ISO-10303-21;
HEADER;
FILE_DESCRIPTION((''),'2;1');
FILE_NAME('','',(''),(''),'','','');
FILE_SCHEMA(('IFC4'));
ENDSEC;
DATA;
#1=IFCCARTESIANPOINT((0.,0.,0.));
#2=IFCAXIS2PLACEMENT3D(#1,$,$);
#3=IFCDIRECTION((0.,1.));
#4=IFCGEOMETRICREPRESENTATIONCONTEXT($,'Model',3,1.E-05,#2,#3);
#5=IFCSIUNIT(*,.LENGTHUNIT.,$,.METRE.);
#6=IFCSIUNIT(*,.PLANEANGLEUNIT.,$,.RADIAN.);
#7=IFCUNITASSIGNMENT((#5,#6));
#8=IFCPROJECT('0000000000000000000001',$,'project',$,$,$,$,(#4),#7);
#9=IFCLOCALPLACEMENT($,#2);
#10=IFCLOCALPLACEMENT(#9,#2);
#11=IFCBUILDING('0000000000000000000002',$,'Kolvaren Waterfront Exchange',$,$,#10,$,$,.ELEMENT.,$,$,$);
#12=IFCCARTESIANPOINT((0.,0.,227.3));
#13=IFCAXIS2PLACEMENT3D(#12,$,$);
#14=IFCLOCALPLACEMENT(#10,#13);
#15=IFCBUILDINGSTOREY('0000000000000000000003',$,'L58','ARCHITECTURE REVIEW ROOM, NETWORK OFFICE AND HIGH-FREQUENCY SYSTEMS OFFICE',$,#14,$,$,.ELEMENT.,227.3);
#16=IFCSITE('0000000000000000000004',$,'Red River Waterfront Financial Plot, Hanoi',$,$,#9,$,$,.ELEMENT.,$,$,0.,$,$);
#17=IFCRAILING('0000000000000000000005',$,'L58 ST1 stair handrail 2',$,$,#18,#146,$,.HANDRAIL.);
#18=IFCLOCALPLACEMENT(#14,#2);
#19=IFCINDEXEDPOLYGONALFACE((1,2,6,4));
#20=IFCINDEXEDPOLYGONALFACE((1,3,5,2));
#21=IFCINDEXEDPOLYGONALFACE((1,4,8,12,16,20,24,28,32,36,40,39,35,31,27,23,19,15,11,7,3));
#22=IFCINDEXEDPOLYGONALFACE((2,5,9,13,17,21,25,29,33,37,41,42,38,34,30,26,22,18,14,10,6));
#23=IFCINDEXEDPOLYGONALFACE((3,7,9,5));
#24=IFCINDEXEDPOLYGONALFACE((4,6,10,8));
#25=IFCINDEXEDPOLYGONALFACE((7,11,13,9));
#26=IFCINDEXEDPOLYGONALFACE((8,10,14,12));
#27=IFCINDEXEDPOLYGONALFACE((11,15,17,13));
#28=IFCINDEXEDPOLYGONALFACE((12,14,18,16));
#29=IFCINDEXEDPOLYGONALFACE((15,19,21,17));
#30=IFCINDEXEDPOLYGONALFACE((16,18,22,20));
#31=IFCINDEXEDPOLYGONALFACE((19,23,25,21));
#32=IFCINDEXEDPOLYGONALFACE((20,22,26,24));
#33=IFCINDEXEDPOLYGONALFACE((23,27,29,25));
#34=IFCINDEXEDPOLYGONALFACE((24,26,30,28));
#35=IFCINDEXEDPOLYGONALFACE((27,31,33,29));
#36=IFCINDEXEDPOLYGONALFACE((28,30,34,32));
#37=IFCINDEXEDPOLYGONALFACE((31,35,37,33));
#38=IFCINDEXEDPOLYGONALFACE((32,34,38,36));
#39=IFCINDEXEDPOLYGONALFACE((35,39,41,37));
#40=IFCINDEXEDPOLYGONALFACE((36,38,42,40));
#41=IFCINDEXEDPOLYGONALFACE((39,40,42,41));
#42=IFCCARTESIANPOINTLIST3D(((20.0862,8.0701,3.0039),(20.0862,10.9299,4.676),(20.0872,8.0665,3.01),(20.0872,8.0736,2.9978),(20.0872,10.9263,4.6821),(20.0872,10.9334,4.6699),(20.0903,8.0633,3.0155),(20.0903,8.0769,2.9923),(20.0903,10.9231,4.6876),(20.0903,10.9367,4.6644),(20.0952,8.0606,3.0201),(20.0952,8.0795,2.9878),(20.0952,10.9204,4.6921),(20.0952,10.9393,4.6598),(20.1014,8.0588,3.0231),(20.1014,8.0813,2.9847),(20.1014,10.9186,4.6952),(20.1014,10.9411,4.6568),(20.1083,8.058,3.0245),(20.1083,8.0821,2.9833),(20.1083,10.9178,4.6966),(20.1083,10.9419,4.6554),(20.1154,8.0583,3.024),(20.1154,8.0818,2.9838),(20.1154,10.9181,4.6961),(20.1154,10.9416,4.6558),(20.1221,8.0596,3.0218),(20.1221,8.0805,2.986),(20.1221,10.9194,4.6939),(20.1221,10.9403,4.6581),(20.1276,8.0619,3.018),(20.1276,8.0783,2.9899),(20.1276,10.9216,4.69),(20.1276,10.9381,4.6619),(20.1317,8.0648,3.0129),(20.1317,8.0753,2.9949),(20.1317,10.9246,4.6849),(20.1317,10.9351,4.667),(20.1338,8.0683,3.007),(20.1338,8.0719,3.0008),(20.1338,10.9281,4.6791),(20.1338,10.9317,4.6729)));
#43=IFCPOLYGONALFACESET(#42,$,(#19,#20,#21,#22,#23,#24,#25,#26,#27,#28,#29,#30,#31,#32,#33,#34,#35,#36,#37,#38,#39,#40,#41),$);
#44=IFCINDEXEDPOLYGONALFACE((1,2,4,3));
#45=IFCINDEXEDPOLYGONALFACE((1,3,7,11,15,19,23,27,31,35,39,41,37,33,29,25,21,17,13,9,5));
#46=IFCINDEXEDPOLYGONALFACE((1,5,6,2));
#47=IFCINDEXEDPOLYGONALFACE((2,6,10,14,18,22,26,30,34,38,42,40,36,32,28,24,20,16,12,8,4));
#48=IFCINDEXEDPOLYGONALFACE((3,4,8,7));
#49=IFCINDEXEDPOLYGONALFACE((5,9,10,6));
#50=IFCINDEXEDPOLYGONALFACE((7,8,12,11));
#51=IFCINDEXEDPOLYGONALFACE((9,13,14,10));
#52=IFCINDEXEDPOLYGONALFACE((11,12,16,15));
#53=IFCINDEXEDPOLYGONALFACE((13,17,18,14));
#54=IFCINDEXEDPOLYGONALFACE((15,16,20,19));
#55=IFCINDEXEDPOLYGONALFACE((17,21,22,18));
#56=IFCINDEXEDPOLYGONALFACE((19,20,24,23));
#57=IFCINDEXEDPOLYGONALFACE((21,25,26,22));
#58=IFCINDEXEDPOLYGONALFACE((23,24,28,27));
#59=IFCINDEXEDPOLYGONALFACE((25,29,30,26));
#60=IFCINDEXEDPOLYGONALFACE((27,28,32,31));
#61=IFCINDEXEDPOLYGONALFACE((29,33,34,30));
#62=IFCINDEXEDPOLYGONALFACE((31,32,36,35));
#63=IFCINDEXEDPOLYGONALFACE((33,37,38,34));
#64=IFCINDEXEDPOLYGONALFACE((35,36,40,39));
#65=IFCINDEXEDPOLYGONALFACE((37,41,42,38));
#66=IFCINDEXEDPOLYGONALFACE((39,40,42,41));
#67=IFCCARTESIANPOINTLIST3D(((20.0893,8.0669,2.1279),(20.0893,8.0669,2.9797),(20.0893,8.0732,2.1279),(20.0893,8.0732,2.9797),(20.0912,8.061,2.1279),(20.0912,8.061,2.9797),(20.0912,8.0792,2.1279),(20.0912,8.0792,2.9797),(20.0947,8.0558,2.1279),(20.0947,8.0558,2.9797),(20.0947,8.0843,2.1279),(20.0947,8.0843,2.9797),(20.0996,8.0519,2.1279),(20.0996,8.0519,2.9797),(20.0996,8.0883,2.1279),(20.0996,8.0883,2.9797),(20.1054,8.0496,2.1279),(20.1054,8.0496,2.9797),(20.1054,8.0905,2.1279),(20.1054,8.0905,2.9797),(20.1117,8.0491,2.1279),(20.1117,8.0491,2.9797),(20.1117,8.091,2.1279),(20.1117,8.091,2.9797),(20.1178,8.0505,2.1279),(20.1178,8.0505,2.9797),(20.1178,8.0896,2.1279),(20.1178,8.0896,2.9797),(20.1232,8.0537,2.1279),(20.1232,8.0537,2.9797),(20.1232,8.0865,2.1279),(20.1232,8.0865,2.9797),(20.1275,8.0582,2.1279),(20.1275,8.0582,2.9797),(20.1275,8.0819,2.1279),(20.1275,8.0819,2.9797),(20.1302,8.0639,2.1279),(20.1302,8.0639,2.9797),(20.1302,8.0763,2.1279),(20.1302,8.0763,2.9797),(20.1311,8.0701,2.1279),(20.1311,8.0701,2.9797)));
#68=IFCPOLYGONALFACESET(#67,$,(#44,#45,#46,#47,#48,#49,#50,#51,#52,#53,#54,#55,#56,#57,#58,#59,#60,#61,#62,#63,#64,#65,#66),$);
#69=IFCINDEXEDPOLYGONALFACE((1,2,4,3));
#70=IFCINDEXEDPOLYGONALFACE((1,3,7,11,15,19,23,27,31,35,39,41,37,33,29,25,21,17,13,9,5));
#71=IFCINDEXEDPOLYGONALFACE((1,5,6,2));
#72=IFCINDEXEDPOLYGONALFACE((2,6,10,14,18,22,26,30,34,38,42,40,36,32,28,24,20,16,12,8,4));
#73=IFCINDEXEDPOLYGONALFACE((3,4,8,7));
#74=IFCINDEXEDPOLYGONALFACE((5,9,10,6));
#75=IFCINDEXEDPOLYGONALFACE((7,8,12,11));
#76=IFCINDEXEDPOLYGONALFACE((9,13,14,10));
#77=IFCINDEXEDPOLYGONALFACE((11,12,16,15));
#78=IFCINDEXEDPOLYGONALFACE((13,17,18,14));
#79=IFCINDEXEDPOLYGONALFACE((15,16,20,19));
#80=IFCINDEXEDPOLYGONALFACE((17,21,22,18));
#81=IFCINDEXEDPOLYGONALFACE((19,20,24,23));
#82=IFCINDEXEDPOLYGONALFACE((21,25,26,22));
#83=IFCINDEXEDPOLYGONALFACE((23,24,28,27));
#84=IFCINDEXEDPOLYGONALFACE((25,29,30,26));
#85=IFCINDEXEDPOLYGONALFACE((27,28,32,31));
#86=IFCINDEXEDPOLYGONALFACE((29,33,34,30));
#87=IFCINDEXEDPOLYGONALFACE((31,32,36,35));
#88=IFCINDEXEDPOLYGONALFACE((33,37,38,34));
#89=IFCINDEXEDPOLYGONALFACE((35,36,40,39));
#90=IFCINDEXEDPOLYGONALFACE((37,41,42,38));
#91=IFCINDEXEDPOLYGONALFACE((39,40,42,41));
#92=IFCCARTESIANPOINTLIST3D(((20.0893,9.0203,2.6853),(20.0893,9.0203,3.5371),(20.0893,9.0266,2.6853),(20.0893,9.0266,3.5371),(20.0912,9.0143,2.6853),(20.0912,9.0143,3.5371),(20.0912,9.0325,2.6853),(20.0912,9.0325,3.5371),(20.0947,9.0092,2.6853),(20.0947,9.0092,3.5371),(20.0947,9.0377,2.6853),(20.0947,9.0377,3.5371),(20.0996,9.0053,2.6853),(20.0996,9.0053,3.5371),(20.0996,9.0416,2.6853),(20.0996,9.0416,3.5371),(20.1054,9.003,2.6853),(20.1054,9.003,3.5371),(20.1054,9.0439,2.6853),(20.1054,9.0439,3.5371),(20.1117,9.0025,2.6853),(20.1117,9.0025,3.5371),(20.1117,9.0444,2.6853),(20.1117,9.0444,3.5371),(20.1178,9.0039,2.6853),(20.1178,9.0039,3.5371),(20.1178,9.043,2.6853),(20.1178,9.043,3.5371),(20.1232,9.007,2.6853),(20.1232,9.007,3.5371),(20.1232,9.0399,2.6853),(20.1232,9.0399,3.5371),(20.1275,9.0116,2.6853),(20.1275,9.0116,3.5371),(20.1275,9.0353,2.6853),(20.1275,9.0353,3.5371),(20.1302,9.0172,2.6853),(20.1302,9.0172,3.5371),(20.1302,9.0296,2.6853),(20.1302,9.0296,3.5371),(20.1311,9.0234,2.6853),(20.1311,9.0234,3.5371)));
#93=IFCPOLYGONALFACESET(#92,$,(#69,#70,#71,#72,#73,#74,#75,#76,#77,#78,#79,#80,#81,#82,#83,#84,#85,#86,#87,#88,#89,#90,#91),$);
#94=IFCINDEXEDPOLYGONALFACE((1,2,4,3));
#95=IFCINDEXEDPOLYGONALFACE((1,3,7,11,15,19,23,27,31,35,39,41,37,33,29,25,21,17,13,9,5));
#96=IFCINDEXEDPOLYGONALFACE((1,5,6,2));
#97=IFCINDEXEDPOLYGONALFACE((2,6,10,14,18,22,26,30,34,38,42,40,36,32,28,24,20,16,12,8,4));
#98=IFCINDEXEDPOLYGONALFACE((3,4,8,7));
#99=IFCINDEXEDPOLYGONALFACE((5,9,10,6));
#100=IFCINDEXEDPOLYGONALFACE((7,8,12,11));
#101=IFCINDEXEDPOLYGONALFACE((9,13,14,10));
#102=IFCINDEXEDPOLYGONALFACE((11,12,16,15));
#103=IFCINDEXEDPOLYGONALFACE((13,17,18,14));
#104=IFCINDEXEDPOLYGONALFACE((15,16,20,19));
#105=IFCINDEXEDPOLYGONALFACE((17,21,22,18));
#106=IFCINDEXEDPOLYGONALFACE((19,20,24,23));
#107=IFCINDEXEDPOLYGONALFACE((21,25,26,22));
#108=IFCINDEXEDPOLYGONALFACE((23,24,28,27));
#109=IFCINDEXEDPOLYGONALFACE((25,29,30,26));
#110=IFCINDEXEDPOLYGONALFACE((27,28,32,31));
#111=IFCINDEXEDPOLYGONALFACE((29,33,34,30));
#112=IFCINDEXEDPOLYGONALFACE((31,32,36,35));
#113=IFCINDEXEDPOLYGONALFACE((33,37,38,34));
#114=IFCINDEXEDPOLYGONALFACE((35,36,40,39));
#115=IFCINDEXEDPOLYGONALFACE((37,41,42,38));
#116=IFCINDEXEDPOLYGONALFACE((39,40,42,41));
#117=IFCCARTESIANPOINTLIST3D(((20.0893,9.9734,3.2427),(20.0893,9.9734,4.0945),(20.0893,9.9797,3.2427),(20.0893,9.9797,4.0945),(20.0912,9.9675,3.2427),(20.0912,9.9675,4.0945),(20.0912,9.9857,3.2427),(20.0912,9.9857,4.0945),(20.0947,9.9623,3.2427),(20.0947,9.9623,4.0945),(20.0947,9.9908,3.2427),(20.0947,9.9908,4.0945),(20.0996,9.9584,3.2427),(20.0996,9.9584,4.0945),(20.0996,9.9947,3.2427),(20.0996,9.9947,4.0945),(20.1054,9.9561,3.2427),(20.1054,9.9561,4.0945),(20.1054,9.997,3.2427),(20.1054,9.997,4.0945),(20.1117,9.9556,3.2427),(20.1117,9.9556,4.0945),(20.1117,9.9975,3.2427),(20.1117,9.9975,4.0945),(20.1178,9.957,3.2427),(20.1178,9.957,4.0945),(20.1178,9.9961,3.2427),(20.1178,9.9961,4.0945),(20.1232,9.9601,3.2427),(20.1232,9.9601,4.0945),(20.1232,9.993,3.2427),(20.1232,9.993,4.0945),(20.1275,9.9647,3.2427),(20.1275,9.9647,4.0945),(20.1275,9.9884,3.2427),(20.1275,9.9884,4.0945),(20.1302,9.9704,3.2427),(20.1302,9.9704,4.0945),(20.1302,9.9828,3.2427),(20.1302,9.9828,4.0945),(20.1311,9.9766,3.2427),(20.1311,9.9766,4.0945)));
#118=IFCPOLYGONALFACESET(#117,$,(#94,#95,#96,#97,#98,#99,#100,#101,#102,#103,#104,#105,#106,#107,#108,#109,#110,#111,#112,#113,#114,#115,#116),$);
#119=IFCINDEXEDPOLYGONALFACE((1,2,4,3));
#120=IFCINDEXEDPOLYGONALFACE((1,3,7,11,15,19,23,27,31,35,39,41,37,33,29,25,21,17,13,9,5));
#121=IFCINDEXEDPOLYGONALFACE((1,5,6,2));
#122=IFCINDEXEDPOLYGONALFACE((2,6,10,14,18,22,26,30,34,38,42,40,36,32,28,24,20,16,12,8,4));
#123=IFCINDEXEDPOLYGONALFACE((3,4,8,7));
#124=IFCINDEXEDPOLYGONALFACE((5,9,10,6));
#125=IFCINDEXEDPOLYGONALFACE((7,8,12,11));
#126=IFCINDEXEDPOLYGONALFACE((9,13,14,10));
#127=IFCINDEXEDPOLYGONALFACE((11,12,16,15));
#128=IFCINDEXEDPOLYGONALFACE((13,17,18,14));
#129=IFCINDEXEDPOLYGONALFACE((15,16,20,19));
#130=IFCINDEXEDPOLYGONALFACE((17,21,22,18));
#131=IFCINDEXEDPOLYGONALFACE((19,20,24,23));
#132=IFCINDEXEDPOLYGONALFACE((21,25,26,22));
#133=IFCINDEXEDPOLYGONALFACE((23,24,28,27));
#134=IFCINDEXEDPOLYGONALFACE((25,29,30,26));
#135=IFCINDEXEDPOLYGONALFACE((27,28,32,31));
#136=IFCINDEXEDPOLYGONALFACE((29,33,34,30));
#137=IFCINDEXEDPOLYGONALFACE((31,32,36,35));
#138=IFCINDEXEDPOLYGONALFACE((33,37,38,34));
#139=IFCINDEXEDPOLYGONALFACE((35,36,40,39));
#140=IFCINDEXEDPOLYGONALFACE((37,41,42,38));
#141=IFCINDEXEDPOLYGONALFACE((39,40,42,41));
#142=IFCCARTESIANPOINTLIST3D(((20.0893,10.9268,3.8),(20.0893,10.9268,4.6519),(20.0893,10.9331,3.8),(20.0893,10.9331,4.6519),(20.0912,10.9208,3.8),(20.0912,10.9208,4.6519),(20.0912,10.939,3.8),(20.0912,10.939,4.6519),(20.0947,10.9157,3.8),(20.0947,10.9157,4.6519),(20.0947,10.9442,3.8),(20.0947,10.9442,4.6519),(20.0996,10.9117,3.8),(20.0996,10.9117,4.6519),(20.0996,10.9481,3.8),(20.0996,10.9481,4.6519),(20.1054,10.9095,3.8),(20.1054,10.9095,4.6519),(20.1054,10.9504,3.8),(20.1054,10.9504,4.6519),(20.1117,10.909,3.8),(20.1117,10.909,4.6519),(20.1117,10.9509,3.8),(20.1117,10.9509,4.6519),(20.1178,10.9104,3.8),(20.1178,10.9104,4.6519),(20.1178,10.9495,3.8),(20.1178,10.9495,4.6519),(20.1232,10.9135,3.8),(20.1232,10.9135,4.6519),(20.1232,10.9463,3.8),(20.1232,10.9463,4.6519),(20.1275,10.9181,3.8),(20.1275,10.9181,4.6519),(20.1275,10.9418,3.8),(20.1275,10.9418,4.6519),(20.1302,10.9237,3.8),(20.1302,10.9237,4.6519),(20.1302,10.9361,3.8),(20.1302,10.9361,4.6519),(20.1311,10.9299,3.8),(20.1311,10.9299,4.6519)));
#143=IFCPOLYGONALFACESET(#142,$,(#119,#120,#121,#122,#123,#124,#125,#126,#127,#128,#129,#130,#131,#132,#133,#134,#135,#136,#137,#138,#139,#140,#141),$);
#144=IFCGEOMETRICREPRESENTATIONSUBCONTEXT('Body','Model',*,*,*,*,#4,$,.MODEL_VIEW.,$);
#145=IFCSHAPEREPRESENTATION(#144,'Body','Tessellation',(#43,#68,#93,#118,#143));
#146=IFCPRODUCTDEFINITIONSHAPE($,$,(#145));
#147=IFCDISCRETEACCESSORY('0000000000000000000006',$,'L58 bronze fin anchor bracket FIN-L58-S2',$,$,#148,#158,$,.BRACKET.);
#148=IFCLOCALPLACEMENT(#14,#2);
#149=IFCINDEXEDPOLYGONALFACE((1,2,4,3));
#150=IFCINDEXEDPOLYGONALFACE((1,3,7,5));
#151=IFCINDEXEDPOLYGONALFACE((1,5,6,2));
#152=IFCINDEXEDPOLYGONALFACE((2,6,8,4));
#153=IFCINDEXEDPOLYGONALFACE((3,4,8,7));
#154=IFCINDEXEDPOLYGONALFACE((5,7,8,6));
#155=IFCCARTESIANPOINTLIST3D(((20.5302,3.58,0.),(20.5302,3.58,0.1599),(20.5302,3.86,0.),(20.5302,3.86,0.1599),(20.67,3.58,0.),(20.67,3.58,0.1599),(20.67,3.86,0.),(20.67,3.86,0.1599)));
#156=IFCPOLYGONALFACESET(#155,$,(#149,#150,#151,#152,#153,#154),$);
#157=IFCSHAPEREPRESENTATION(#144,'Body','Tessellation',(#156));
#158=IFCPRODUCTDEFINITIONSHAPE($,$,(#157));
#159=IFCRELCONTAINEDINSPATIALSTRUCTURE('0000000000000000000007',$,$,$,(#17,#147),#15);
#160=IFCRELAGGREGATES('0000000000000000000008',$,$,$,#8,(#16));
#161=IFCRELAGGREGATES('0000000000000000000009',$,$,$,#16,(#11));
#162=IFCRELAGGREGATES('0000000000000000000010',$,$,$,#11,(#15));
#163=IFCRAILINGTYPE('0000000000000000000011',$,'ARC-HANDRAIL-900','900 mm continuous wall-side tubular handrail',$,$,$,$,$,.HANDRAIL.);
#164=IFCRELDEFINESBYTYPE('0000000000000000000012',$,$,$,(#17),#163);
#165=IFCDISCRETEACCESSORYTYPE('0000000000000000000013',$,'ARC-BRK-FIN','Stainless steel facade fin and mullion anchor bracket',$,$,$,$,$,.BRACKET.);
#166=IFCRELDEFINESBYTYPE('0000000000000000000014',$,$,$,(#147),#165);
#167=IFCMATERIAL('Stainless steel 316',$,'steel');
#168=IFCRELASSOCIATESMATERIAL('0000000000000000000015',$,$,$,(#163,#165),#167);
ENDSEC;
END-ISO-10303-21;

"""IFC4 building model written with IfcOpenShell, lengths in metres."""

from ifc_helpers import new_model, si_unit, direction, frame, origin, origin_with_axes, origin_2d, place, context, subcontext, project, spatial, rectangle, circle, extrude, source, transform, mapped, material, type_object, element, save


model = new_model("IFC4")

# Units and contexts
model_context = context("Model", 3, precision=1e-05, world=origin(), true_north=direction((0.0, 1.0)))
body_context = subcontext(model_context, "Body", "Model", "MODEL_VIEW")
ifc_project = project(units=[si_unit("LENGTHUNIT", "METRE"), si_unit("PLANEANGLEUNIT", "RADIAN")], contexts=[model_context])

# Site, building, storey
site_placement = place(None, origin())
site = spatial("IfcSite", under=ifc_project, at=site_placement, Name="Red River Waterfront Financial Plot, Hanoi", CompositionType="ELEMENT", RefElevation=0.0)
building_placement = place(site_placement, origin())
building = spatial("IfcBuilding", under=site, at=building_placement, Name="Kolvaren Waterfront Exchange", CompositionType="ELEMENT")
storey_placement = place(building_placement, frame((0.0, 0.0, 227.3)))
storey = spatial("IfcBuildingStorey", under=building, at=storey_placement, Name="L58", Description="ARCHITECTURE REVIEW ROOM, NETWORK OFFICE AND HIGH-FREQUENCY SYSTEMS OFFICE", CompositionType="ELEMENT", Elevation=227.3)

# Railing
ifc_material_1 = material(Name="Stainless steel 316", Category="steel")
railing_type_1 = type_object("IfcRailingType", Name="ARC-HANDRAIL-900", Description="900 mm continuous wall-side tubular handrail", PredefinedType="HANDRAIL", material=ifc_material_1)
railing_1_placement = place(storey_placement, frame((20.1101, 8.0701, 2.1279)))
element("IfcRailing", 1, at=railing_1_placement, inside=storey, type_object=railing_type_1, Name="L58 ST1 stair handrail 2", PredefinedType="HANDRAIL", context=body_context, shape_type="SweptSolid", body=[
    extrude(circle(Radius=0.0239, at=origin_2d()), frame((0.0, 0.0, 0.876), z_axis=(0.0, 0.863271, 0.504741), x_axis=(-1.0, 0.0, 0.0)), (0.0, 0.0, 1.0), 3.3127),
    extrude(circle(Radius=0.021, at=origin_2d()), origin(), (0.0, 0.0, 1.0), 0.8518),
    extrude(circle(Radius=0.021, at=origin_2d()), frame((0.0, 0.9534, 0.5574)), (0.0, 0.0, 1.0), 0.8518),
    extrude(circle(Radius=0.021, at=origin_2d()), frame((0.0, 1.9065, 1.1147)), (0.0, 0.0, 1.0), 0.8518),
    extrude(circle(Radius=0.021, at=origin_2d()), frame((0.0, 2.8599, 1.6721)), (0.0, 0.0, 1.0), 0.8518),
])

# Discrete accessory
discrete_accessory_type = type_object("IfcDiscreteAccessoryType", Name="ARC-BRK-FIN", Description="Stainless steel facade fin and mullion anchor bracket", PredefinedType="BRACKET", material=ifc_material_1)
shared_shape_1 = source(origin_with_axes(), body_context, "Body", "SweptSolid", [
    extrude(rectangle(XDim=0.28, YDim=0.1399, at=origin_2d()), origin(), (0.0, 0.0, 1.0), 0.1599),
])
discrete_accessory_placement = place(storey_placement, frame((20.6001, 3.72, 0.0), z_axis=(0.0, 0.0, 1.0), x_axis=(0.0, -1.0, 0.0)))
element("IfcDiscreteAccessory", 2, at=discrete_accessory_placement, inside=storey, type_object=discrete_accessory_type, Name="L58 bronze fin anchor bracket FIN-L58-S2", PredefinedType="BRACKET", context=body_context, shape_type="MappedRepresentation", body=[
    mapped(shared_shape_1, transform((0.0, 0.0, 0.0), x_axis=(1.0, 0.0, 0.0), y_axis=(0.0, 1.0, 0.0), z_axis=(0.0, 0.0, 1.0), scale=1.0)),
])

save(model, "model.ifc")
